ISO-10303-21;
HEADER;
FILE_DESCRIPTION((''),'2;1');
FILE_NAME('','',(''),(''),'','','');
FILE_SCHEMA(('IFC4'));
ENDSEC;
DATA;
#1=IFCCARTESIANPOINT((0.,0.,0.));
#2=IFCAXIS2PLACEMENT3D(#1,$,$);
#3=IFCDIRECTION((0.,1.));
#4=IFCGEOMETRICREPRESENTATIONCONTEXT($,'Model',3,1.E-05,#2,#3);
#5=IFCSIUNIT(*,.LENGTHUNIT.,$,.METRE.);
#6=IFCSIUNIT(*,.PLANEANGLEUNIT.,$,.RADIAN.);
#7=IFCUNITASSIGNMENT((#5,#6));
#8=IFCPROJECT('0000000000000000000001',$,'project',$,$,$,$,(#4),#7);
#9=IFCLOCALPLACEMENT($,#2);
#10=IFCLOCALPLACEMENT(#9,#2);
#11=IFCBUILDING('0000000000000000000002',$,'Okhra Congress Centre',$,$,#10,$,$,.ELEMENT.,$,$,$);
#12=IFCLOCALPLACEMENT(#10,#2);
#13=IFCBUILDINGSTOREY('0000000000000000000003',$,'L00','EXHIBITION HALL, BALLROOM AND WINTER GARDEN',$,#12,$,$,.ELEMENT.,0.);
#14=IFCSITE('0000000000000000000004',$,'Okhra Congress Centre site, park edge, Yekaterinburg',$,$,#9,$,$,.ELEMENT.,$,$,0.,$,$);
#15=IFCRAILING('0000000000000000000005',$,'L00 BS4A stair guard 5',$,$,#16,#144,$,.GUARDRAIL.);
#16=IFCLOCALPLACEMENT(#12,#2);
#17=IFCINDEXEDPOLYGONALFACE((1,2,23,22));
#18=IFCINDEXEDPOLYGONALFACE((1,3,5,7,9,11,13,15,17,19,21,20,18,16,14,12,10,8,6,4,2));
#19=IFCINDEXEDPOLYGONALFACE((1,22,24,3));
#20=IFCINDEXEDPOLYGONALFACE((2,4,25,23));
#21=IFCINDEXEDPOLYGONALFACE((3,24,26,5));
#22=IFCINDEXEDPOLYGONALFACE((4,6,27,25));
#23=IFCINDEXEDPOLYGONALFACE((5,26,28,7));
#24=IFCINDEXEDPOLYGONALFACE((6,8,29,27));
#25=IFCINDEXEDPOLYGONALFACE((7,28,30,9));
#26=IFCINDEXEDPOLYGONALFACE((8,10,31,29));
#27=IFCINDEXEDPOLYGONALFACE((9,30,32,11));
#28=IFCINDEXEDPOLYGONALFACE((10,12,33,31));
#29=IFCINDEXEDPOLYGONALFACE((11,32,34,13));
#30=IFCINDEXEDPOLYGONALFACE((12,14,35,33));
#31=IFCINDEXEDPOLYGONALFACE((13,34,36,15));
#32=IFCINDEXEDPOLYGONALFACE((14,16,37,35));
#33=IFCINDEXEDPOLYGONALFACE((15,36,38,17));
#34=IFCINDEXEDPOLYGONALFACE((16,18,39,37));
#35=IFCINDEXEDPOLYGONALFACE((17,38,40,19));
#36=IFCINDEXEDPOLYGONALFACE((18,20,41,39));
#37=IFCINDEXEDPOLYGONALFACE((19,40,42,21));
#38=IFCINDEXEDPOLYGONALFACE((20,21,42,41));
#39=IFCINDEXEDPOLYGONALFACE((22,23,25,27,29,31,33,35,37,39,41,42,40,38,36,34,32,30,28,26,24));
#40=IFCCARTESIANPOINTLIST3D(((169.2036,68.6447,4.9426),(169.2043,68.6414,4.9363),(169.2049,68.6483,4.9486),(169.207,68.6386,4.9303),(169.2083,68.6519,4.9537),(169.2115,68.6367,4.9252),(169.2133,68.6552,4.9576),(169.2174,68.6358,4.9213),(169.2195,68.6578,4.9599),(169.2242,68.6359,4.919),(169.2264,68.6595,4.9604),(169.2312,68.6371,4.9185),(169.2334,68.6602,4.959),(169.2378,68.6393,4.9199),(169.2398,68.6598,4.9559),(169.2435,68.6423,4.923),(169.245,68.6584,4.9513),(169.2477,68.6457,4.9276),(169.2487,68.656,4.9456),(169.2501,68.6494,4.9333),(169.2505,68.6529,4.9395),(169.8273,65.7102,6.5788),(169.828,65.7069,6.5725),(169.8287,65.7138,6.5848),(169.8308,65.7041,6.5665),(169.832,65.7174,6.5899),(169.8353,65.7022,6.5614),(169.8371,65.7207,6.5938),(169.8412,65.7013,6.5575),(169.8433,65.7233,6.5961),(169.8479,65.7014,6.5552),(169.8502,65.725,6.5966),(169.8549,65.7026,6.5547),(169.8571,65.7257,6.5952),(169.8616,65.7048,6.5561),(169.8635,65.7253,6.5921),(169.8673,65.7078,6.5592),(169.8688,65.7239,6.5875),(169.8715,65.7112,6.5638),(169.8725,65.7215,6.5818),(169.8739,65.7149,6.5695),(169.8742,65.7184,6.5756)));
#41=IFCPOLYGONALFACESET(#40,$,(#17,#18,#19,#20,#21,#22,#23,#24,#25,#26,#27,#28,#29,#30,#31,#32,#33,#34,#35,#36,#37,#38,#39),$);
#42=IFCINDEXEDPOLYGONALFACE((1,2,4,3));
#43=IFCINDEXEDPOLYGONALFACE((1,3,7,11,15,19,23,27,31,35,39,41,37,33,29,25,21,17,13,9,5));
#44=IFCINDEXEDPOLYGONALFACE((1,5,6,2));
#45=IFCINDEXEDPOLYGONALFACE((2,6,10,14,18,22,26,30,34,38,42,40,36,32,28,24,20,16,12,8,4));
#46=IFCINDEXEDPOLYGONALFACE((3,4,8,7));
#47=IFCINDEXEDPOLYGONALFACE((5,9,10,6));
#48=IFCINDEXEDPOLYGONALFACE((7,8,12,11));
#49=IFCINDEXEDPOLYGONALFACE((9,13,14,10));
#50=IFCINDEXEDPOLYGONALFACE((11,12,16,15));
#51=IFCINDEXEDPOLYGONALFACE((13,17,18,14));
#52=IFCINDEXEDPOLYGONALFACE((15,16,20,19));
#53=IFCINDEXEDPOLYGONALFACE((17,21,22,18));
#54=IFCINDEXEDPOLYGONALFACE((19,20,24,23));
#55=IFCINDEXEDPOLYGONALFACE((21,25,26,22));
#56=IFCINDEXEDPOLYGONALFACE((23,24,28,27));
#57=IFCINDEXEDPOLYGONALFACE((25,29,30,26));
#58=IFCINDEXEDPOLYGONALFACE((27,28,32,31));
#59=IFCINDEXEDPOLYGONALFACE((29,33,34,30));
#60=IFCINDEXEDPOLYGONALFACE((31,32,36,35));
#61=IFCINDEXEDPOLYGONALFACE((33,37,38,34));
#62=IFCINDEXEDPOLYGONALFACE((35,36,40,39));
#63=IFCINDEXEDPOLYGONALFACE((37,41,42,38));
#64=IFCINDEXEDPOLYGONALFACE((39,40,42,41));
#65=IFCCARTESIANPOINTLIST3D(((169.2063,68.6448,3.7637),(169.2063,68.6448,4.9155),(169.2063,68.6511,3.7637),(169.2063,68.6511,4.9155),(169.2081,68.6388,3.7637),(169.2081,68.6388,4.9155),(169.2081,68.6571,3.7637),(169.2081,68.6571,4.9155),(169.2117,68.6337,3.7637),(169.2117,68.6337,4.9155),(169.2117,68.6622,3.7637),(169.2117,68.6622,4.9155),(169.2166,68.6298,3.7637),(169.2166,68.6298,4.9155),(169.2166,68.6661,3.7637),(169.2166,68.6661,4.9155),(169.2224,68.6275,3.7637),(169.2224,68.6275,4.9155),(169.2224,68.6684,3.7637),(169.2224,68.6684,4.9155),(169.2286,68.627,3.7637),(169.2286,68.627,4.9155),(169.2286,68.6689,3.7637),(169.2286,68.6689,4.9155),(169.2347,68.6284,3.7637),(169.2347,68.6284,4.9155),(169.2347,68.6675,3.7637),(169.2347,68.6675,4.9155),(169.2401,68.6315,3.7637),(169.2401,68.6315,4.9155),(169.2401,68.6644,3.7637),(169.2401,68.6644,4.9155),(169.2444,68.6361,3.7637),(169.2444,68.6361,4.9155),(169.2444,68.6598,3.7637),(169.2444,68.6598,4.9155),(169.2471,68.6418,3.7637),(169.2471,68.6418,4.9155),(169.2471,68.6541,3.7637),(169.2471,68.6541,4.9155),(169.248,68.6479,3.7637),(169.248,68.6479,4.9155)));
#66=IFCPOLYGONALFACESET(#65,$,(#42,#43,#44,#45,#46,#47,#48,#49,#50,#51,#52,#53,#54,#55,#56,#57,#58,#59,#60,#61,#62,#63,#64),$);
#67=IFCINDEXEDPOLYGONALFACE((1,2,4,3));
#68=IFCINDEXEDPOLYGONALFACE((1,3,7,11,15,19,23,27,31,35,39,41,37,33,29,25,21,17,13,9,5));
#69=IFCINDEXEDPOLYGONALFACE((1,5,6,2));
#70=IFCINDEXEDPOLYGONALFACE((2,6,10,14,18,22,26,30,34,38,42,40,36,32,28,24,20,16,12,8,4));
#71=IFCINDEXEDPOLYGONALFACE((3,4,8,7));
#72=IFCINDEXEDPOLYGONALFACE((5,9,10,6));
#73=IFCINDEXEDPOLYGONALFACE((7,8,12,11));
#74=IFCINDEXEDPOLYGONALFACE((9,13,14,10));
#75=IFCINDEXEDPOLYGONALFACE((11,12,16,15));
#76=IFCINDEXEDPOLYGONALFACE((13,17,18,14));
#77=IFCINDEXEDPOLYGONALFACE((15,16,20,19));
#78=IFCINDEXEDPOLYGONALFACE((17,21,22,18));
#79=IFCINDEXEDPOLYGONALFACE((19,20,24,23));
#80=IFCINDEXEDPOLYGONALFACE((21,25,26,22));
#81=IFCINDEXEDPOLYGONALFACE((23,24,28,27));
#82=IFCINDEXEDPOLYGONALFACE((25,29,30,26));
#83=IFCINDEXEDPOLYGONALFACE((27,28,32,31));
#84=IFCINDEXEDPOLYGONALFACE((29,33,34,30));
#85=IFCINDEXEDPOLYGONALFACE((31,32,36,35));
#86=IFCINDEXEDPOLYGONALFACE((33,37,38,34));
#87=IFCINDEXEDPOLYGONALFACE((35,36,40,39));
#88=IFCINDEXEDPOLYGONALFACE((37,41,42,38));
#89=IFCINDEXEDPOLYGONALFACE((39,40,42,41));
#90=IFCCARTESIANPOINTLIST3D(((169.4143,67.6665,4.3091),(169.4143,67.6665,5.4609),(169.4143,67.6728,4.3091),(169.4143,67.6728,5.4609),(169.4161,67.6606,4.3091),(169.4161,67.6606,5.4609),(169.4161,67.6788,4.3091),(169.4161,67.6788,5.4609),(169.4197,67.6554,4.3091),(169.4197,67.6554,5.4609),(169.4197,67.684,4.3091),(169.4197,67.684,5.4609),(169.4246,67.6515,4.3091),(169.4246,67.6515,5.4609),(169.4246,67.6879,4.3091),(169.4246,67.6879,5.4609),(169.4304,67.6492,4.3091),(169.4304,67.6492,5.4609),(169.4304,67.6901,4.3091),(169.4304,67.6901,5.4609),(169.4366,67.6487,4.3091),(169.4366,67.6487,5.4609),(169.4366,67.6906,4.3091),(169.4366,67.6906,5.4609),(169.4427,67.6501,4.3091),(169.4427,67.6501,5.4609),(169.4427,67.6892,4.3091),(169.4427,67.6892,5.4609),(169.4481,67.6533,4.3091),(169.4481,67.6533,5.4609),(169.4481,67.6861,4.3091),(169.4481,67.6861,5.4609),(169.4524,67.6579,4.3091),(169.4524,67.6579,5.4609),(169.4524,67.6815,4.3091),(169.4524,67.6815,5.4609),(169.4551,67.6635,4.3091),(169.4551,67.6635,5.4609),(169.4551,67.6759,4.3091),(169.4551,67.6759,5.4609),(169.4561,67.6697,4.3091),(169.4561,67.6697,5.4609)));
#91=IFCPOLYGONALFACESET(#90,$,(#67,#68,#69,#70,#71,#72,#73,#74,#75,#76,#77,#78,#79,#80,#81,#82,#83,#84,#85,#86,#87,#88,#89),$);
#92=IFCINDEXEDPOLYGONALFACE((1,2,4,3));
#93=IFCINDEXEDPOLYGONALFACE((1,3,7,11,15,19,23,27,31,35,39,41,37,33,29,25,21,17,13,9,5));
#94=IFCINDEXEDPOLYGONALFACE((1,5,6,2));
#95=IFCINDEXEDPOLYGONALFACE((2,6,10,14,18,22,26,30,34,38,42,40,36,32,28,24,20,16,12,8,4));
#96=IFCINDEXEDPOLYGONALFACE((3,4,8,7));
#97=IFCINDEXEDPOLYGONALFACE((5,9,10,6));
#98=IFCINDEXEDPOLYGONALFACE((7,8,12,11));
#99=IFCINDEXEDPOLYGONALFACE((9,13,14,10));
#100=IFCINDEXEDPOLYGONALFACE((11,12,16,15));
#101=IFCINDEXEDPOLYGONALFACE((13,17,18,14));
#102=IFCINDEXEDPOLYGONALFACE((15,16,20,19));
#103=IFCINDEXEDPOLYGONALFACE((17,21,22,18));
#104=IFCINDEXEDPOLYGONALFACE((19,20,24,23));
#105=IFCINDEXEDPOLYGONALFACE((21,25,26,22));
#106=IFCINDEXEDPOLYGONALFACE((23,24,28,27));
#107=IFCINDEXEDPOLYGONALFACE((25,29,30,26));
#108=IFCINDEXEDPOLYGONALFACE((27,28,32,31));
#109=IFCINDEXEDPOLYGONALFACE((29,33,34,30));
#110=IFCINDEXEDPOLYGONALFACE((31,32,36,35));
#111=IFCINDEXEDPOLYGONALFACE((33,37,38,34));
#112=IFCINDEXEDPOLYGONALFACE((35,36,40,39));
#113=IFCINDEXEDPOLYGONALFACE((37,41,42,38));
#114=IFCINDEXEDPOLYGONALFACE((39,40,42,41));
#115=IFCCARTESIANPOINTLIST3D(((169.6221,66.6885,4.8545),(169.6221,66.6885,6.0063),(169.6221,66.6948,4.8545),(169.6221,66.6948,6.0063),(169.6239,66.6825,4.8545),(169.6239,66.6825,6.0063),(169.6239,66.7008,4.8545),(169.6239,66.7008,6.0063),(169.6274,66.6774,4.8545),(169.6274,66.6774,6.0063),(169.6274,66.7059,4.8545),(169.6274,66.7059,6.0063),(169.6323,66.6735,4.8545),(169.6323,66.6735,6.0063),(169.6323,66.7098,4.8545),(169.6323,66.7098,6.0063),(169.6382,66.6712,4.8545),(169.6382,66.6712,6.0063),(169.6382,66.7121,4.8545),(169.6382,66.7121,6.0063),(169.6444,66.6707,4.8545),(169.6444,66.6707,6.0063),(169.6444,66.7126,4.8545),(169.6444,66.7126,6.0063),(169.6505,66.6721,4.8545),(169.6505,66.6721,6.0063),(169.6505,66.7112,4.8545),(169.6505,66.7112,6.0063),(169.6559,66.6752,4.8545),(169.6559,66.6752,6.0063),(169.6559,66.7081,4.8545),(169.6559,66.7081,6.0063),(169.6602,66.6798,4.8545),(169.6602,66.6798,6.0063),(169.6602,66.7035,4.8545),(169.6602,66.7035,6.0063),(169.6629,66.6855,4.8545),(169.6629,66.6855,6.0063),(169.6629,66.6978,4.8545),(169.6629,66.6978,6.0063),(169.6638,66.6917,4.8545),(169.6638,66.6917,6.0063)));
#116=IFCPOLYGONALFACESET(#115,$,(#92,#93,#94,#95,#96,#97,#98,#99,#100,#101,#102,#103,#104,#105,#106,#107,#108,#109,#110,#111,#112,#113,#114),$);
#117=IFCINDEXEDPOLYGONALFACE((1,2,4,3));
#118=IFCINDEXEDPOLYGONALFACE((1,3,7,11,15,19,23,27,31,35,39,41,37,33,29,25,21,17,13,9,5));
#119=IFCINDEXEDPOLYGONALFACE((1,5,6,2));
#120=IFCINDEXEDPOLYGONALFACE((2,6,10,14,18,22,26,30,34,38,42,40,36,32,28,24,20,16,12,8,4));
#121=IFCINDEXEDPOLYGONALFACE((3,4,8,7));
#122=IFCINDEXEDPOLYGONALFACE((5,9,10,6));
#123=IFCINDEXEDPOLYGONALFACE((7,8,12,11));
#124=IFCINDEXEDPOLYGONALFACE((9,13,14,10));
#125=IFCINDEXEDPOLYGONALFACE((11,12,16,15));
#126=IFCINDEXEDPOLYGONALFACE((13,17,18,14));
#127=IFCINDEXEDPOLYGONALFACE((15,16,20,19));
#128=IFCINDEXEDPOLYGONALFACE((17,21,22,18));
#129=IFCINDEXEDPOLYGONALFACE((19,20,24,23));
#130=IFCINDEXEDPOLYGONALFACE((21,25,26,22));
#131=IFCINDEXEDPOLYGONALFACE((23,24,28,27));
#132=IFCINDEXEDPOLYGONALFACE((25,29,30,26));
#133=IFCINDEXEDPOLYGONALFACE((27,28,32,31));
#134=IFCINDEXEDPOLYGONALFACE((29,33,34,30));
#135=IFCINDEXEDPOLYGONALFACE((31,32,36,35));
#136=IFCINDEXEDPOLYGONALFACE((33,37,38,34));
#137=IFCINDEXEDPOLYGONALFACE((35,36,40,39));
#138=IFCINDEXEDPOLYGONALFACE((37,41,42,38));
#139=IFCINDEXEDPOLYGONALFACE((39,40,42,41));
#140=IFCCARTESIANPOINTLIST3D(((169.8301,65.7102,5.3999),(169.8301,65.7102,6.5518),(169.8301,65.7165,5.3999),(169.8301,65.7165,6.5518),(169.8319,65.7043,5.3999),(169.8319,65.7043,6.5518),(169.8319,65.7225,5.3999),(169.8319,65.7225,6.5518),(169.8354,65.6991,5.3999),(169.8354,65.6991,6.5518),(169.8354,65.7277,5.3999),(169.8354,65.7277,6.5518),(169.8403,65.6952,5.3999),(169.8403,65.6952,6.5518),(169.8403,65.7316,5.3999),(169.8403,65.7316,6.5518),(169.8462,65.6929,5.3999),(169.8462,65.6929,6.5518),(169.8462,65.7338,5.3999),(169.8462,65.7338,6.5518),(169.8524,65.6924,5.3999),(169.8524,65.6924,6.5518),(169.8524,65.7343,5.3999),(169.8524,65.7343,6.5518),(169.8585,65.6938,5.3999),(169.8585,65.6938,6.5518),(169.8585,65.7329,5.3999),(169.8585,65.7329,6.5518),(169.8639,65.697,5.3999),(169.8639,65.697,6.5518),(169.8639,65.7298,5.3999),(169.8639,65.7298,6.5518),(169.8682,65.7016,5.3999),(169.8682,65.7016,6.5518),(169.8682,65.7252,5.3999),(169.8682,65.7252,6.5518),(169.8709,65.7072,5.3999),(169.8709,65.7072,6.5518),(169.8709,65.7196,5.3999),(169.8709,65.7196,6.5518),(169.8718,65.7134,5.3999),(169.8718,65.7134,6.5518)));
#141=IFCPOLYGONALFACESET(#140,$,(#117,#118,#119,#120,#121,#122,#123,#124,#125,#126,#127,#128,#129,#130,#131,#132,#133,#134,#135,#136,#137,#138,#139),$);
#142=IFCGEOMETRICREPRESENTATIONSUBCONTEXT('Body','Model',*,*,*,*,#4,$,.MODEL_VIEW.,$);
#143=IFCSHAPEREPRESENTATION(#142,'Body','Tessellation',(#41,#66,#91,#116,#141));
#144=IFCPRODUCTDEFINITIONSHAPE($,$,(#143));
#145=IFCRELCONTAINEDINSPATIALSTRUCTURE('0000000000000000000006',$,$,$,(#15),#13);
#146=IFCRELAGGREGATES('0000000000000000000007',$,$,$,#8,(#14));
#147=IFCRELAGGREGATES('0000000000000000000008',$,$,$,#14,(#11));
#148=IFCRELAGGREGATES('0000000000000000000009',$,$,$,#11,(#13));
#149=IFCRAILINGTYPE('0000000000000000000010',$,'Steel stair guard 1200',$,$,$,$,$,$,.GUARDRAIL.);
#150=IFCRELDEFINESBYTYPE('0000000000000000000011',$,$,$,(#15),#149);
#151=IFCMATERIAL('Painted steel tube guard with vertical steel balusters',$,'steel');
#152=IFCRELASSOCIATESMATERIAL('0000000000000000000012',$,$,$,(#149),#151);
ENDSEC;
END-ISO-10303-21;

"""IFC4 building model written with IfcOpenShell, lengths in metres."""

from ifc_helpers import new_model, si_unit, direction, frame, origin, origin_2d, place, context, subcontext, project, spatial, circle, extrude, material, type_object, element, save


model = new_model("IFC4")

# Units and contexts
model_context = context("Model", 3, precision=1e-05, world=origin(), true_north=direction((0.0, 1.0)))
body_context = subcontext(model_context, "Body", "Model", "MODEL_VIEW")
ifc_project = project(units=[si_unit("LENGTHUNIT", "METRE"), si_unit("PLANEANGLEUNIT", "RADIAN")], contexts=[model_context])

# Site, building, storey
site_placement = place(None, origin())
site = spatial("IfcSite", under=ifc_project, at=site_placement, Name="Okhra Congress Centre site, park edge, Yekaterinburg", CompositionType="ELEMENT", RefElevation=0.0)
building_placement = place(site_placement, origin())
building = spatial("IfcBuilding", under=site, at=building_placement, Name="Okhra Congress Centre", CompositionType="ELEMENT")
storey_placement = place(building_placement, origin())
storey = spatial("IfcBuildingStorey", under=building, at=storey_placement, Name="L00", Description="EXHIBITION HALL, BALLROOM AND WINTER GARDEN", CompositionType="ELEMENT", Elevation=0.0)

# Railing
ifc_material_1 = material(Name="Painted steel tube guard with vertical steel balusters", Category="steel")
railing_type_1 = type_object("IfcRailingType", Name="Steel stair guard 1200", PredefinedType="GUARDRAIL", material=ifc_material_1)
railing_1_placement = place(storey_placement, frame((169.2271, 68.6479, 3.7637)))
element("IfcRailing", 1, at=railing_1_placement, inside=storey, type_object=railing_type_1, Name="L00 BS4A stair guard 5", PredefinedType="GUARDRAIL", context=body_context, shape_type="SweptSolid", body=[
    extrude(circle(Radius=0.0239, at=origin_2d()), frame((0.0, 0.0, 1.1758), z_axis=(0.182535, -0.858735, 0.478806), x_axis=(0.978146, 0.207917, 0.0)), (0.0, 0.0, 1.0), 3.4172),
    extrude(circle(Radius=0.021, at=origin_2d()), origin(), (0.0, 0.0, 1.0), 1.1519),
    extrude(circle(Radius=0.021, at=origin_2d()), frame((0.208, -0.9783, 0.5454)), (0.0, 0.0, 1.0), 1.1519),
    extrude(circle(Radius=0.021, at=origin_2d()), frame((0.4158, -1.9563, 1.0908)), (0.0, 0.0, 1.0), 1.1519),
    extrude(circle(Radius=0.021, at=origin_2d()), frame((0.6238, -2.9346, 1.6362)), (0.0, 0.0, 1.0), 1.1519),
])

save(model, "model.ifc")
